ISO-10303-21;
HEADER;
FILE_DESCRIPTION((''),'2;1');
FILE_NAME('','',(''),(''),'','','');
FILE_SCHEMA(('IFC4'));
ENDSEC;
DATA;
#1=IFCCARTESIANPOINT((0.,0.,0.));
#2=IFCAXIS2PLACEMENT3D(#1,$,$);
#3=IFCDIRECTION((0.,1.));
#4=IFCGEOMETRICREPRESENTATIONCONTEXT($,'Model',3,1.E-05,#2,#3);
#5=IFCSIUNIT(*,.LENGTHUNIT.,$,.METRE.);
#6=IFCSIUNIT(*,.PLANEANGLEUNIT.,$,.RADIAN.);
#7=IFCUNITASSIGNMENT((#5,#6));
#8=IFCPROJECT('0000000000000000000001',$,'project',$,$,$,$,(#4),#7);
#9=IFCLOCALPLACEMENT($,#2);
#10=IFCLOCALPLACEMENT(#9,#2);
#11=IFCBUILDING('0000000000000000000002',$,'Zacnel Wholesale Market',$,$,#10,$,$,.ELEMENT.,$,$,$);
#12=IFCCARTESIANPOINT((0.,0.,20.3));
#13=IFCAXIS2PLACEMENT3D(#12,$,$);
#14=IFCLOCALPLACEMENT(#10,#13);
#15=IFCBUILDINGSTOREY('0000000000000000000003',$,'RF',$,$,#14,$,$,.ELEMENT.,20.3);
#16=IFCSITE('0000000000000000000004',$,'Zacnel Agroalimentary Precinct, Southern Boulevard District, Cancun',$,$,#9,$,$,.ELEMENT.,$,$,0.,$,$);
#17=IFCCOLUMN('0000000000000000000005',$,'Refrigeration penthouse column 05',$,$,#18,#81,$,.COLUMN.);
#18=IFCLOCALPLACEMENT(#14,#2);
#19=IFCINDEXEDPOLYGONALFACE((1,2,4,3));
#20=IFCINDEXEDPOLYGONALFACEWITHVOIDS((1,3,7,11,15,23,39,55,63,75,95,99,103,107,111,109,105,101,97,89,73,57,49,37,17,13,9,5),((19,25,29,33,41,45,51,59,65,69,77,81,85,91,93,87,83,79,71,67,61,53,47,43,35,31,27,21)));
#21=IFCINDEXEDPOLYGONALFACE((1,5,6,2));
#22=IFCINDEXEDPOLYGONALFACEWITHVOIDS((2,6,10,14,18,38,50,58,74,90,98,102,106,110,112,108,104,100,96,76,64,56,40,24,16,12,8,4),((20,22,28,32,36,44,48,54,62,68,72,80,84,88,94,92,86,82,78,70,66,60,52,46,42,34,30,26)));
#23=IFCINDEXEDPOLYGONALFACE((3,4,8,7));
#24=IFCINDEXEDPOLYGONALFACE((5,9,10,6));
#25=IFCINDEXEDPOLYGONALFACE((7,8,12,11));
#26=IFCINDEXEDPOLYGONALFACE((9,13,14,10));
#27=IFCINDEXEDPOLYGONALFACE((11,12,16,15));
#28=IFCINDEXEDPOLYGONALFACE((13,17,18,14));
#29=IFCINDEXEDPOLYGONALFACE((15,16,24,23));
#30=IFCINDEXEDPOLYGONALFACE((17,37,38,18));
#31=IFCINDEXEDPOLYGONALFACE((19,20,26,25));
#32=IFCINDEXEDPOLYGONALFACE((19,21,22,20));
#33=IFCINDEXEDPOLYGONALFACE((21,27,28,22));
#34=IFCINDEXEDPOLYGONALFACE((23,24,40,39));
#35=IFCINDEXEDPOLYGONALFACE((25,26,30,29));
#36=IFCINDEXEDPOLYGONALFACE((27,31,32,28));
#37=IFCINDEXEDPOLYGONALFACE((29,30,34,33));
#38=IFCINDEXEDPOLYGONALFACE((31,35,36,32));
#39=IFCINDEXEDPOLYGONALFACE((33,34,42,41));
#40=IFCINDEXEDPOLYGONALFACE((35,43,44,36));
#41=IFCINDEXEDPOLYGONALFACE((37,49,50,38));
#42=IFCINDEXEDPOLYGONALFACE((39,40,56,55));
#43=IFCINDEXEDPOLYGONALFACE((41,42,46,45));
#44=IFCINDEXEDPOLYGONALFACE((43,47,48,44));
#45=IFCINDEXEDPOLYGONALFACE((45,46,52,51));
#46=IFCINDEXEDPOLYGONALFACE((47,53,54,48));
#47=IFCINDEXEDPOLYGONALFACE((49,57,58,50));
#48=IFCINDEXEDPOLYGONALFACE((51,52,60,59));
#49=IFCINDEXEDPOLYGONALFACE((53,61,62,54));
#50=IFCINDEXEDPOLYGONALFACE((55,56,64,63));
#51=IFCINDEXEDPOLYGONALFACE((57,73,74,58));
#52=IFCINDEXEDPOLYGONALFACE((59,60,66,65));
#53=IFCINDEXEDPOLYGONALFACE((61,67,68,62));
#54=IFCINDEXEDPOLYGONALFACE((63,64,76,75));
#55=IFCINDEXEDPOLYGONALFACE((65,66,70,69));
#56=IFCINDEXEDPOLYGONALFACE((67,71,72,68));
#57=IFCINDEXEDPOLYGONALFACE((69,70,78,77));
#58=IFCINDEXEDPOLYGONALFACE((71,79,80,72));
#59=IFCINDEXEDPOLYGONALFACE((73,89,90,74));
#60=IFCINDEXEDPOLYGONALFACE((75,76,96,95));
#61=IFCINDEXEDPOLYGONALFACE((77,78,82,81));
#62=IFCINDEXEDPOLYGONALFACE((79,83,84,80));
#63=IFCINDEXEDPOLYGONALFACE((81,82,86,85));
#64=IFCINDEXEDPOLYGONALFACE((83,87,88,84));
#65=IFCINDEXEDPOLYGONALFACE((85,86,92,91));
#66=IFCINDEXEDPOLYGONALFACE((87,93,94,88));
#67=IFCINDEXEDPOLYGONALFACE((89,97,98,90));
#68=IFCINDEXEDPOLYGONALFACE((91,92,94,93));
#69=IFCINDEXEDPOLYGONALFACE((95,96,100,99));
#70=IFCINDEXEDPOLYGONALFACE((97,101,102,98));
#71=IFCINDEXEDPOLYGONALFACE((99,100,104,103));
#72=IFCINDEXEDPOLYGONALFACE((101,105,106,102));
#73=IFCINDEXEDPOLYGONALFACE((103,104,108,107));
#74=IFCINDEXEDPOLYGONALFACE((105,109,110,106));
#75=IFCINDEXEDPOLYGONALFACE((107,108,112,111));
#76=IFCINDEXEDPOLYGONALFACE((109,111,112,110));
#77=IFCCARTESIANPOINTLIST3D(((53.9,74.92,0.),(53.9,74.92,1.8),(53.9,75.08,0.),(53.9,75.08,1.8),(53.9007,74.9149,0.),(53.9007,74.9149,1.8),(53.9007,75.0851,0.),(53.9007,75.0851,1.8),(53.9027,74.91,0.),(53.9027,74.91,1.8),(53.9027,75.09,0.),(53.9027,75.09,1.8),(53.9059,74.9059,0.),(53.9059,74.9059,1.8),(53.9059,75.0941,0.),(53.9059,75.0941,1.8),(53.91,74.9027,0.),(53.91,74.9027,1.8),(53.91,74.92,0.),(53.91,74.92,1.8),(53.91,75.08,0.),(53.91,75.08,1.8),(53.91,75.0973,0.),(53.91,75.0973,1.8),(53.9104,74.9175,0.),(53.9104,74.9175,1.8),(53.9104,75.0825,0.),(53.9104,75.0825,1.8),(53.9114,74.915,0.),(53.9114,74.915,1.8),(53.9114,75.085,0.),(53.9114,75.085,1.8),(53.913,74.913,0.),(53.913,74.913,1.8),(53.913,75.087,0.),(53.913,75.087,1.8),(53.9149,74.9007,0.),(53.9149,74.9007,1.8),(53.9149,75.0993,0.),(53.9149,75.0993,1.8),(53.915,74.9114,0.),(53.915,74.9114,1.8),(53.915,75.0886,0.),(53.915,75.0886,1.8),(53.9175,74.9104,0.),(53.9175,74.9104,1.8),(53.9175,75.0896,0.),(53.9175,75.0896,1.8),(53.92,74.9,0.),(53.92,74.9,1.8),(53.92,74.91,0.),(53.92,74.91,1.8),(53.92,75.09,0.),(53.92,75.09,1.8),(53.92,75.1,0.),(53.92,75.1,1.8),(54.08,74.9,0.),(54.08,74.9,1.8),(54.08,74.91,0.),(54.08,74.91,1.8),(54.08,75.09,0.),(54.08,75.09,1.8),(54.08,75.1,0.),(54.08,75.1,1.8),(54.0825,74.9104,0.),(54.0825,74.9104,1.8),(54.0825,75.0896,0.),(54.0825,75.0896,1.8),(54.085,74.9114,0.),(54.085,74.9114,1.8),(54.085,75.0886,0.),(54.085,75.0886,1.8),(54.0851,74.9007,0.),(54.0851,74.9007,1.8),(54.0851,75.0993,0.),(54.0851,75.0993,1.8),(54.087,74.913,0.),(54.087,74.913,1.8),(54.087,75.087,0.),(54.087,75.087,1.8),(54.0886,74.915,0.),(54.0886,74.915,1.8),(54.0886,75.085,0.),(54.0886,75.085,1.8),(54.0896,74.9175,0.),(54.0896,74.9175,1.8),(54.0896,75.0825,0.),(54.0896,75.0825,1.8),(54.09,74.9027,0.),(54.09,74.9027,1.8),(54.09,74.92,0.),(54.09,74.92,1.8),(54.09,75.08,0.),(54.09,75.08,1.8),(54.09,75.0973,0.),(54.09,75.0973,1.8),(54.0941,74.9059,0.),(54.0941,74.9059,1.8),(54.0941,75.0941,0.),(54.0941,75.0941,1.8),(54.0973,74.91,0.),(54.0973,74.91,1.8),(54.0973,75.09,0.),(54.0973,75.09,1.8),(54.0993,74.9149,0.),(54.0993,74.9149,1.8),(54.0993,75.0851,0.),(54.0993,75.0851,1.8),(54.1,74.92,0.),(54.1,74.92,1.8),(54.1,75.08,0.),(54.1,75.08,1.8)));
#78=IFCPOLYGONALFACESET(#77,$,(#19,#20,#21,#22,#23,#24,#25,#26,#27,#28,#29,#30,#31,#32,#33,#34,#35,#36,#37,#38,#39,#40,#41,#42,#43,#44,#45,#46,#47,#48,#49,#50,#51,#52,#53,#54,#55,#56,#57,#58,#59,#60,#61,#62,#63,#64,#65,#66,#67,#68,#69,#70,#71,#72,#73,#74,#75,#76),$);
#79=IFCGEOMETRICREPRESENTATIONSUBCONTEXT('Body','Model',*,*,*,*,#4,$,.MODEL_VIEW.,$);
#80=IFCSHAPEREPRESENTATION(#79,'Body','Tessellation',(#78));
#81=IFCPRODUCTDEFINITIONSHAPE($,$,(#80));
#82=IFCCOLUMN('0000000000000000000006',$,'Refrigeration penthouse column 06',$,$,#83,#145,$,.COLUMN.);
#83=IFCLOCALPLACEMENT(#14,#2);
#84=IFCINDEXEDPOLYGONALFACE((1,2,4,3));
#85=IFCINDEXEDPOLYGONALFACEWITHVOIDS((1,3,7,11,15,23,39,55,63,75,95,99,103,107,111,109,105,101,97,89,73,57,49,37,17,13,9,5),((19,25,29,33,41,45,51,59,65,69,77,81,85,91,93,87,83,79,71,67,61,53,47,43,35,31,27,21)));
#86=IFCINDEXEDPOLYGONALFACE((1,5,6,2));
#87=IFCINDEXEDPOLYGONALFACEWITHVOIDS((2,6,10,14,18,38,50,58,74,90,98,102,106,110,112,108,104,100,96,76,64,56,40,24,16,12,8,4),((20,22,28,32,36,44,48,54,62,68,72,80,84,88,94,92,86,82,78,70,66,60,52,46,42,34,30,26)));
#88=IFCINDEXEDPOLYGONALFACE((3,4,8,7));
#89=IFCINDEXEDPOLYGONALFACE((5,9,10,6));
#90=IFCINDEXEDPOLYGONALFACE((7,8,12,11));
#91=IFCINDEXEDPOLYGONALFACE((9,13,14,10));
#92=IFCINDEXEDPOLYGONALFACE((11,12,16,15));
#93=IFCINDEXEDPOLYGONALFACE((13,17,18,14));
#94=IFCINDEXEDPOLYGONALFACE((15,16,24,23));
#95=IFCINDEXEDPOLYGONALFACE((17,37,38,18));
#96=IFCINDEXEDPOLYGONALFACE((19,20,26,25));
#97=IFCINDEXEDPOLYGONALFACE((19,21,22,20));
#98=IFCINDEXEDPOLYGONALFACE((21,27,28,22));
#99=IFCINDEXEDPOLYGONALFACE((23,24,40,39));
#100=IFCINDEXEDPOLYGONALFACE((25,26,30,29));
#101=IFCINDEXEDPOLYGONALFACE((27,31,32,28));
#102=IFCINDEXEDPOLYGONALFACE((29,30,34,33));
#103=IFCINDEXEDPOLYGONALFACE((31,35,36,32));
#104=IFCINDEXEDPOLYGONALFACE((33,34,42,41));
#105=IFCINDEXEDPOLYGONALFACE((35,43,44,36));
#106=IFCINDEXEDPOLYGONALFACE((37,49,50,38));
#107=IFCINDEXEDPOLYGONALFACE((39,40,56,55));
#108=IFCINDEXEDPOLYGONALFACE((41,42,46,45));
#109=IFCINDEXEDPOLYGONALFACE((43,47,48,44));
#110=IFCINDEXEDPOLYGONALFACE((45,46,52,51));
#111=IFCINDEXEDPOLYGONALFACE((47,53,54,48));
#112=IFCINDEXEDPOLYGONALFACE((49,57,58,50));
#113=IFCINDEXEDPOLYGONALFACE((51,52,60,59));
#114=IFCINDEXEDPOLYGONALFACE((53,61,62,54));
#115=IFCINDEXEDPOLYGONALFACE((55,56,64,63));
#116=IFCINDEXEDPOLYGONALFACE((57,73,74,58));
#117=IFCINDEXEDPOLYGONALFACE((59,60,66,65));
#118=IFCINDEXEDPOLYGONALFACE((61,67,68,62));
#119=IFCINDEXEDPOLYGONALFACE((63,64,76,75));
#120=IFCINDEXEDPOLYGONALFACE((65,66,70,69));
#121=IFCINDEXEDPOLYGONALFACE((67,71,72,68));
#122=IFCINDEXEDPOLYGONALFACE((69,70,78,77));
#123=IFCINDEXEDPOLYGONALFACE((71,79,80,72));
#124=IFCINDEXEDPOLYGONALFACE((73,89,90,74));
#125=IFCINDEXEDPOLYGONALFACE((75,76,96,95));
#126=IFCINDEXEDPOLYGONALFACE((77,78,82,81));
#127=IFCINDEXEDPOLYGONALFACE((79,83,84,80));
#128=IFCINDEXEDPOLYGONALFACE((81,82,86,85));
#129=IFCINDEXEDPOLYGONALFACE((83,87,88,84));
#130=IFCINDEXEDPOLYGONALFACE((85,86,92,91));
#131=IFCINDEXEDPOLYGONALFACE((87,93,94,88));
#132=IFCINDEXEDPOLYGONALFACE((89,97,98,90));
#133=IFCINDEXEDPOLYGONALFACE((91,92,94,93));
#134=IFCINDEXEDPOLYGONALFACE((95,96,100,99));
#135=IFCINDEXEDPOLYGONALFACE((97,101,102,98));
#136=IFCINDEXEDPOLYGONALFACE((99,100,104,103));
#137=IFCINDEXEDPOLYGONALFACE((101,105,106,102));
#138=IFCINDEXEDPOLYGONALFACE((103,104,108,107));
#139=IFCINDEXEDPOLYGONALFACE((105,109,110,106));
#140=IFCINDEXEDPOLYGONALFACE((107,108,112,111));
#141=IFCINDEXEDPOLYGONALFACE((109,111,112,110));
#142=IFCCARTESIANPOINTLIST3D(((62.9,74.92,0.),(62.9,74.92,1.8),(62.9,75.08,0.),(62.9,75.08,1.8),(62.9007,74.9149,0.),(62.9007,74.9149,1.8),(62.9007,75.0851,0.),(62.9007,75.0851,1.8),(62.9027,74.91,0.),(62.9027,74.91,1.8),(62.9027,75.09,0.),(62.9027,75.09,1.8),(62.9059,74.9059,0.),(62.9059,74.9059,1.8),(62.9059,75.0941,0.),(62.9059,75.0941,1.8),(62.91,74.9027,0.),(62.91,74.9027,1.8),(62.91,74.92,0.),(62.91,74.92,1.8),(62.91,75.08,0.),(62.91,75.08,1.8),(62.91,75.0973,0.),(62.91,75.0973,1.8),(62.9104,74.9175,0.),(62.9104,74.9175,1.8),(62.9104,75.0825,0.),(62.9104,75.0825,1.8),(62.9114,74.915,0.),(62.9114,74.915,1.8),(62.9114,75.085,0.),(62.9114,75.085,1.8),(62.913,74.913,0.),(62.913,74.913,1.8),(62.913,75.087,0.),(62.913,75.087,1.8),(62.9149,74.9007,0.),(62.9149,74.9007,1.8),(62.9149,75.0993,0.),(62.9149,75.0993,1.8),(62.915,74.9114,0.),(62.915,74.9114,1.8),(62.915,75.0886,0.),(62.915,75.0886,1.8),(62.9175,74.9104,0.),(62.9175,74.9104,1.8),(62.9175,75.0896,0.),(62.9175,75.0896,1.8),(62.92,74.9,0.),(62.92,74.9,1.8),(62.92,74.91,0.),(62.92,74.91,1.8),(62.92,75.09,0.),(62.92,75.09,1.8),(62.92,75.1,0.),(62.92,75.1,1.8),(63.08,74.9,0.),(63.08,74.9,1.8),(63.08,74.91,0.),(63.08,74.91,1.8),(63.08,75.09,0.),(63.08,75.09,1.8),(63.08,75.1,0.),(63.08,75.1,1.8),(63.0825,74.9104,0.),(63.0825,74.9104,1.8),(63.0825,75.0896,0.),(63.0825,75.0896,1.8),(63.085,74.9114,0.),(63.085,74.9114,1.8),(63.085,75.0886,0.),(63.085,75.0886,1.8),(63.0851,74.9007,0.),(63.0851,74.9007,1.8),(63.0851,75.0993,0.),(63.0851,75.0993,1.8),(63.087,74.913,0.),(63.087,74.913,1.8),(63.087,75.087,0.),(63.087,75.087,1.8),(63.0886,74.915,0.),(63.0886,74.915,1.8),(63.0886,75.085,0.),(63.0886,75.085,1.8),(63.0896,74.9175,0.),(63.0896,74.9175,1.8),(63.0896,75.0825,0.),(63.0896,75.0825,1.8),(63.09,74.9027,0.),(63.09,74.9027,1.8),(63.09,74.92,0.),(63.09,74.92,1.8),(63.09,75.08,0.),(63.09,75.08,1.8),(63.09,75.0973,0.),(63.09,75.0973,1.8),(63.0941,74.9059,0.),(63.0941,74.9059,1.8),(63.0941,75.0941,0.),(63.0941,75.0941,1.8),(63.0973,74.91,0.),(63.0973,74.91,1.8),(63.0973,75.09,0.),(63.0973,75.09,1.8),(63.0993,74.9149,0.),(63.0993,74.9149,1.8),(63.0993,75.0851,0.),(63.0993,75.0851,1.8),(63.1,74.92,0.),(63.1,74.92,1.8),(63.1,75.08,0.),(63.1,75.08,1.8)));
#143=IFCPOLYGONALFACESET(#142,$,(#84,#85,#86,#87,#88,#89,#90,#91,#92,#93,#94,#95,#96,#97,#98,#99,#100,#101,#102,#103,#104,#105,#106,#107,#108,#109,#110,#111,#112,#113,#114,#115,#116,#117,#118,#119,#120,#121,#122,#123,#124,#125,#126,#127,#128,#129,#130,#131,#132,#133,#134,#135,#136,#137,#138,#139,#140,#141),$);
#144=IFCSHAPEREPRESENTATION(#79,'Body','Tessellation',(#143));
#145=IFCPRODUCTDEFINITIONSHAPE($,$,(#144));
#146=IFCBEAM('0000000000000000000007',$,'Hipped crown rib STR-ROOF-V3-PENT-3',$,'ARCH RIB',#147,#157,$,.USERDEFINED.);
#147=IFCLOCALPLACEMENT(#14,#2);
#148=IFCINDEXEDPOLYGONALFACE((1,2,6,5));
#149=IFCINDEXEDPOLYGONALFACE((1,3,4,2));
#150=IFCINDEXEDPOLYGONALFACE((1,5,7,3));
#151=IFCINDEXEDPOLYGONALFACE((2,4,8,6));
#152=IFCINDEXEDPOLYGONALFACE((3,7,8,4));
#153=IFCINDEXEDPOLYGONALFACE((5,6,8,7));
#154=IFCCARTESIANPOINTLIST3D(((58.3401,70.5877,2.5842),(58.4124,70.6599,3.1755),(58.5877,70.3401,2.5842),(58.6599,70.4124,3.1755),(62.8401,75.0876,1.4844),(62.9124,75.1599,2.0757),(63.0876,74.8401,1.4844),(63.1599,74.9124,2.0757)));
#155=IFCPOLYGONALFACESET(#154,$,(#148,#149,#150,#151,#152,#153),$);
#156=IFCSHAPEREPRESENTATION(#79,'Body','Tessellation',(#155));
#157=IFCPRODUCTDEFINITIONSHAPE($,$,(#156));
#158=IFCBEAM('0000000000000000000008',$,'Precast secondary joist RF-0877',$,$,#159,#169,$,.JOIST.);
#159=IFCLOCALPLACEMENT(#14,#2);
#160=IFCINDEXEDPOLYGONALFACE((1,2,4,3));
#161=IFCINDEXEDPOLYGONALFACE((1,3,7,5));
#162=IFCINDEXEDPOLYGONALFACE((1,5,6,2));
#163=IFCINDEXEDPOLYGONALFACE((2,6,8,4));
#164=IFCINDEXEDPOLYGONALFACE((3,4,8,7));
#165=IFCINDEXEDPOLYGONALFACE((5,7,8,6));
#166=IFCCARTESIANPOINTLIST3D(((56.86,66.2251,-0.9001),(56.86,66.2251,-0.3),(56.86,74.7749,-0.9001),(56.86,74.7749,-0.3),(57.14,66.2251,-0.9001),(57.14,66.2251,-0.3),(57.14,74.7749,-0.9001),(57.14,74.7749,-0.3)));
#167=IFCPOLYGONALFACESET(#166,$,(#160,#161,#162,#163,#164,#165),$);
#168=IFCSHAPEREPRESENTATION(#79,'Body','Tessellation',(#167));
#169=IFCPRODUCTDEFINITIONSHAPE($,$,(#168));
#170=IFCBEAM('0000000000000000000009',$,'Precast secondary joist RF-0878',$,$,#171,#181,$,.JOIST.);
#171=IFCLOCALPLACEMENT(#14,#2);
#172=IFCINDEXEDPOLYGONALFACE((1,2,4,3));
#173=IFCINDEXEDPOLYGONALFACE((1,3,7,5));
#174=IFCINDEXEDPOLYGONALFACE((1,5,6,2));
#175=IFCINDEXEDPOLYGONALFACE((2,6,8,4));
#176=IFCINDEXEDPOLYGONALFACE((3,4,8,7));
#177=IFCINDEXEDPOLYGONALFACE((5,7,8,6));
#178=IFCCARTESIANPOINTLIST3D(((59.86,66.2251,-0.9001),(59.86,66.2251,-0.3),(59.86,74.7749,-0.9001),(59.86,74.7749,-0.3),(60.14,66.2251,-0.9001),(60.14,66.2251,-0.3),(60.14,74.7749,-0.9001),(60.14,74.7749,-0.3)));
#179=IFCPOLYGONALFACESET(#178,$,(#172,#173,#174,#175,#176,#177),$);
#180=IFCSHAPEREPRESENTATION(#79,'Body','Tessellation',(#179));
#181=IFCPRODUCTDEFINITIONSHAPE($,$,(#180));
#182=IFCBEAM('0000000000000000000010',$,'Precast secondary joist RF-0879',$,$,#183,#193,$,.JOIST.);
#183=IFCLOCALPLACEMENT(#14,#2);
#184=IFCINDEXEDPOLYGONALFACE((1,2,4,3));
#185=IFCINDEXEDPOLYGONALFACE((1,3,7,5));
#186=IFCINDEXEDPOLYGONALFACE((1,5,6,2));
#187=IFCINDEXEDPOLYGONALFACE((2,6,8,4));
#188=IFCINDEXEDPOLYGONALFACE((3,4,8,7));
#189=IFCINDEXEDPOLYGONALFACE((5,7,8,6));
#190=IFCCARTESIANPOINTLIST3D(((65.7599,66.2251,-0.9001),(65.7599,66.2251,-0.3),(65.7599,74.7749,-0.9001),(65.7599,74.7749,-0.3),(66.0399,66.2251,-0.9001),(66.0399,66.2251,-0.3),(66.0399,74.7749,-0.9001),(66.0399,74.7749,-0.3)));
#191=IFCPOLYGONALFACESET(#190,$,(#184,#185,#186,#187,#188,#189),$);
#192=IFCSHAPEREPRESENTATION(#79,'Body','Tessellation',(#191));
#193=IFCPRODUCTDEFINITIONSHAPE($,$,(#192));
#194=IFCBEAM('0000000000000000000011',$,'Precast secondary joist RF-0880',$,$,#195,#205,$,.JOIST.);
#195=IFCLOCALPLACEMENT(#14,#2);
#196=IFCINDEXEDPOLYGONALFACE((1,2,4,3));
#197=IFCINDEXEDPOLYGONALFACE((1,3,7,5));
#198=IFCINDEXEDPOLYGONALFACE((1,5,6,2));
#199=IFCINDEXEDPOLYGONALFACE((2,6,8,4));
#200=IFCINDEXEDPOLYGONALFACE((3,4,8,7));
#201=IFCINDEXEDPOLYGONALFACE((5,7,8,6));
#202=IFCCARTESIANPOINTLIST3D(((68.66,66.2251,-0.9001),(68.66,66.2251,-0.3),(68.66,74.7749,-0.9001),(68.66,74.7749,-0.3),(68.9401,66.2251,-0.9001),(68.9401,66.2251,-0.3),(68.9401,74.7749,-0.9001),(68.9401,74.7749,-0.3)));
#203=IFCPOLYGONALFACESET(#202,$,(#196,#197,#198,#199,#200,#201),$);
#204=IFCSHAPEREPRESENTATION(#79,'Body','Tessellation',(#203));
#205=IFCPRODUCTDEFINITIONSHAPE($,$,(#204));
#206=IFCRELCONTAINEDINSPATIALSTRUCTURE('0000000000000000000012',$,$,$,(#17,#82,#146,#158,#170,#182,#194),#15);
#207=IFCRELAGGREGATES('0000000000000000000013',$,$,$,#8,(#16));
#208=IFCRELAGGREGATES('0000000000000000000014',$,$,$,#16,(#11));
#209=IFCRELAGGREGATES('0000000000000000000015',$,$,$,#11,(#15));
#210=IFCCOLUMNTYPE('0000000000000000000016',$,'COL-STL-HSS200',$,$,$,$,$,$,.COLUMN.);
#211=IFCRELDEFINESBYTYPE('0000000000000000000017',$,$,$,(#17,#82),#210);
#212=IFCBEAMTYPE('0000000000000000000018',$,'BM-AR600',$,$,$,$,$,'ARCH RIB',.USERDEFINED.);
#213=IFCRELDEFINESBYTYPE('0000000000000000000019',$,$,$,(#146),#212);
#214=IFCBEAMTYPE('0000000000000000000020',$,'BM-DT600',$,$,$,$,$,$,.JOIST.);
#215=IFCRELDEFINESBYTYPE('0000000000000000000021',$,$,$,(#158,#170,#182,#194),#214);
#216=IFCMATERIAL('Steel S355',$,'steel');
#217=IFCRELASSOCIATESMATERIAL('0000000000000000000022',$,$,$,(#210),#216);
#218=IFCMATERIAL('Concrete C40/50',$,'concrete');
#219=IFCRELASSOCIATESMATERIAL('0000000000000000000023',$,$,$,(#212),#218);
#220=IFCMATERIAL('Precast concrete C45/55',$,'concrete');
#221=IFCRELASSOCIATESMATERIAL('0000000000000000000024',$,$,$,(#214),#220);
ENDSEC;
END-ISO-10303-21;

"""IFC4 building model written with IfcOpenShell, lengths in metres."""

from ifc_helpers import new_model, si_unit, direction, frame, origin, origin_2d, place, context, subcontext, project, spatial, rectangle, hollow_rectangle, extrude, material, material_profile, profile_set, type_object, element, save


model = new_model("IFC4")

# Units and contexts
model_context = context("Model", 3, precision=1e-05, world=origin(), true_north=direction((0.0, 1.0)))
body_context = subcontext(model_context, "Body", "Model", "MODEL_VIEW")
ifc_project = project(units=[si_unit("LENGTHUNIT", "METRE"), si_unit("PLANEANGLEUNIT", "RADIAN")], contexts=[model_context])

# Site, building, storey
site_placement = place(None, origin())
site = spatial("IfcSite", under=ifc_project, at=site_placement, Name="Zacnel Agroalimentary Precinct, Southern Boulevard District, Cancun", CompositionType="ELEMENT", RefElevation=0.0)
building_placement = place(site_placement, origin())
building = spatial("IfcBuilding", under=site, at=building_placement, Name="Zacnel Wholesale Market", CompositionType="ELEMENT")
storey_placement = place(building_placement, frame((0.0, 0.0, 20.3)))
storey = spatial("IfcBuildingStorey", under=building, at=storey_placement, Name="RF", CompositionType="ELEMENT", Elevation=20.3)

# Columns
ifc_material_1 = material(Name="Steel S355", Category="steel")
ifc_material_profile_1 = material_profile(ifc_material_1, hollow_rectangle(XDim=0.2, YDim=0.2, WallThickness=0.01, InnerFilletRadius=0.01, OuterFilletRadius=0.02, at=origin_2d()), Name="HSS 200x200x10")
ifc_profile_set_1 = profile_set([ifc_material_profile_1], Name="Steel S355")
column_type = type_object("IfcColumnType", Name="COL-STL-HSS200", PredefinedType="COLUMN", material=ifc_profile_set_1)
for number, where, z_axis, x_axis, name in (
    (1, (54.0, 75.0, 0.0), (0.0, 0.0, 1.0), (1.0, 0.0, 0.0), "Refrigeration penthouse column 05"),
    (2, (63.0, 75.0, 0.0), (0.0, 0.0, 1.0), (1.0, 0.0, 0.0), "Refrigeration penthouse column 06"),
):
    element("IfcColumn", number, at=place(storey_placement, frame(where, z_axis=z_axis, x_axis=x_axis)), inside=storey, type_object=column_type, Name=name, PredefinedType="COLUMN", context=body_context, shape_type="SweptSolid", body=[
        extrude(hollow_rectangle(XDim=0.2, YDim=0.2, WallThickness=0.01, InnerFilletRadius=0.01, OuterFilletRadius=0.02, at=origin_2d()), origin(), (0.0, 0.0, 1.0), 1.8),
    ])

# Beams
ifc_material_2 = material(Name="Concrete C40/50", Category="concrete")
ifc_material_profile_2 = material_profile(ifc_material_2, rectangle(XDim=0.3501, YDim=0.6001, at=origin_2d()), Name="ARCH RIB 350x600")
ifc_profile_set_2 = profile_set([ifc_material_profile_2], Name="Concrete C40/50")
beam_type_1 = type_object("IfcBeamType", Name="BM-AR600", ElementType="ARCH RIB", PredefinedType="USERDEFINED", material=ifc_profile_set_2)
beam_1_placement = place(storey_placement, frame((63.0, 75.0, 1.78), z_axis=(-0.696777, -0.696777, 0.170301), x_axis=(0.707107, -0.707107, 0.0)))
element("IfcBeam", 3, at=beam_1_placement, inside=storey, type_object=beam_type_1, Name="Hipped crown rib STR-ROOF-V3-PENT-3", ObjectType="ARCH RIB", PredefinedType="USERDEFINED", context=body_context, shape_type="SweptSolid", body=[
    extrude(rectangle(XDim=0.3501, YDim=0.6001, at=origin_2d()), origin(), (0.0, 0.0, 1.0), 6.4583),
])
ifc_material_3 = material(Name="Precast concrete C45/55", Category="concrete")
ifc_material_profile_3 = material_profile(ifc_material_3, rectangle(XDim=0.28, YDim=0.6001, at=origin_2d()), Name="DT RIB 280x600")
ifc_profile_set_3 = profile_set([ifc_material_profile_3], Name="Precast concrete C45/55")
beam_type_2 = type_object("IfcBeamType", Name="BM-DT600", PredefinedType="JOIST", material=ifc_profile_set_3)
for number, where, z_axis, x_axis, name in (
    (4, (57.0, 66.2251, -0.6001), (0.0, 1.0, 0.0), (-1.0, 0.0, 0.0), "Precast secondary joist RF-0877"),
    (5, (60.0, 66.2251, -0.6001), (0.0, 1.0, 0.0), (-1.0, 0.0, 0.0), "Precast secondary joist RF-0878"),
    (6, (65.8999, 66.2251, -0.6001), (0.0, 1.0, 0.0), (-1.0, 0.0, 0.0), "Precast secondary joist RF-0879"),
    (7, (68.8, 66.2251, -0.6001), (0.0, 1.0, 0.0), (-1.0, 0.0, 0.0), "Precast secondary joist RF-0880"),
):
    element("IfcBeam", number, at=place(storey_placement, frame(where, z_axis=z_axis, x_axis=x_axis)), inside=storey, type_object=beam_type_2, Name=name, PredefinedType="JOIST", context=body_context, shape_type="SweptSolid", body=[
        extrude(rectangle(XDim=0.28, YDim=0.6001, at=origin_2d()), origin(), (0.0, 0.0, 1.0), 8.5498),
    ])

save(model, "model.ifc")
